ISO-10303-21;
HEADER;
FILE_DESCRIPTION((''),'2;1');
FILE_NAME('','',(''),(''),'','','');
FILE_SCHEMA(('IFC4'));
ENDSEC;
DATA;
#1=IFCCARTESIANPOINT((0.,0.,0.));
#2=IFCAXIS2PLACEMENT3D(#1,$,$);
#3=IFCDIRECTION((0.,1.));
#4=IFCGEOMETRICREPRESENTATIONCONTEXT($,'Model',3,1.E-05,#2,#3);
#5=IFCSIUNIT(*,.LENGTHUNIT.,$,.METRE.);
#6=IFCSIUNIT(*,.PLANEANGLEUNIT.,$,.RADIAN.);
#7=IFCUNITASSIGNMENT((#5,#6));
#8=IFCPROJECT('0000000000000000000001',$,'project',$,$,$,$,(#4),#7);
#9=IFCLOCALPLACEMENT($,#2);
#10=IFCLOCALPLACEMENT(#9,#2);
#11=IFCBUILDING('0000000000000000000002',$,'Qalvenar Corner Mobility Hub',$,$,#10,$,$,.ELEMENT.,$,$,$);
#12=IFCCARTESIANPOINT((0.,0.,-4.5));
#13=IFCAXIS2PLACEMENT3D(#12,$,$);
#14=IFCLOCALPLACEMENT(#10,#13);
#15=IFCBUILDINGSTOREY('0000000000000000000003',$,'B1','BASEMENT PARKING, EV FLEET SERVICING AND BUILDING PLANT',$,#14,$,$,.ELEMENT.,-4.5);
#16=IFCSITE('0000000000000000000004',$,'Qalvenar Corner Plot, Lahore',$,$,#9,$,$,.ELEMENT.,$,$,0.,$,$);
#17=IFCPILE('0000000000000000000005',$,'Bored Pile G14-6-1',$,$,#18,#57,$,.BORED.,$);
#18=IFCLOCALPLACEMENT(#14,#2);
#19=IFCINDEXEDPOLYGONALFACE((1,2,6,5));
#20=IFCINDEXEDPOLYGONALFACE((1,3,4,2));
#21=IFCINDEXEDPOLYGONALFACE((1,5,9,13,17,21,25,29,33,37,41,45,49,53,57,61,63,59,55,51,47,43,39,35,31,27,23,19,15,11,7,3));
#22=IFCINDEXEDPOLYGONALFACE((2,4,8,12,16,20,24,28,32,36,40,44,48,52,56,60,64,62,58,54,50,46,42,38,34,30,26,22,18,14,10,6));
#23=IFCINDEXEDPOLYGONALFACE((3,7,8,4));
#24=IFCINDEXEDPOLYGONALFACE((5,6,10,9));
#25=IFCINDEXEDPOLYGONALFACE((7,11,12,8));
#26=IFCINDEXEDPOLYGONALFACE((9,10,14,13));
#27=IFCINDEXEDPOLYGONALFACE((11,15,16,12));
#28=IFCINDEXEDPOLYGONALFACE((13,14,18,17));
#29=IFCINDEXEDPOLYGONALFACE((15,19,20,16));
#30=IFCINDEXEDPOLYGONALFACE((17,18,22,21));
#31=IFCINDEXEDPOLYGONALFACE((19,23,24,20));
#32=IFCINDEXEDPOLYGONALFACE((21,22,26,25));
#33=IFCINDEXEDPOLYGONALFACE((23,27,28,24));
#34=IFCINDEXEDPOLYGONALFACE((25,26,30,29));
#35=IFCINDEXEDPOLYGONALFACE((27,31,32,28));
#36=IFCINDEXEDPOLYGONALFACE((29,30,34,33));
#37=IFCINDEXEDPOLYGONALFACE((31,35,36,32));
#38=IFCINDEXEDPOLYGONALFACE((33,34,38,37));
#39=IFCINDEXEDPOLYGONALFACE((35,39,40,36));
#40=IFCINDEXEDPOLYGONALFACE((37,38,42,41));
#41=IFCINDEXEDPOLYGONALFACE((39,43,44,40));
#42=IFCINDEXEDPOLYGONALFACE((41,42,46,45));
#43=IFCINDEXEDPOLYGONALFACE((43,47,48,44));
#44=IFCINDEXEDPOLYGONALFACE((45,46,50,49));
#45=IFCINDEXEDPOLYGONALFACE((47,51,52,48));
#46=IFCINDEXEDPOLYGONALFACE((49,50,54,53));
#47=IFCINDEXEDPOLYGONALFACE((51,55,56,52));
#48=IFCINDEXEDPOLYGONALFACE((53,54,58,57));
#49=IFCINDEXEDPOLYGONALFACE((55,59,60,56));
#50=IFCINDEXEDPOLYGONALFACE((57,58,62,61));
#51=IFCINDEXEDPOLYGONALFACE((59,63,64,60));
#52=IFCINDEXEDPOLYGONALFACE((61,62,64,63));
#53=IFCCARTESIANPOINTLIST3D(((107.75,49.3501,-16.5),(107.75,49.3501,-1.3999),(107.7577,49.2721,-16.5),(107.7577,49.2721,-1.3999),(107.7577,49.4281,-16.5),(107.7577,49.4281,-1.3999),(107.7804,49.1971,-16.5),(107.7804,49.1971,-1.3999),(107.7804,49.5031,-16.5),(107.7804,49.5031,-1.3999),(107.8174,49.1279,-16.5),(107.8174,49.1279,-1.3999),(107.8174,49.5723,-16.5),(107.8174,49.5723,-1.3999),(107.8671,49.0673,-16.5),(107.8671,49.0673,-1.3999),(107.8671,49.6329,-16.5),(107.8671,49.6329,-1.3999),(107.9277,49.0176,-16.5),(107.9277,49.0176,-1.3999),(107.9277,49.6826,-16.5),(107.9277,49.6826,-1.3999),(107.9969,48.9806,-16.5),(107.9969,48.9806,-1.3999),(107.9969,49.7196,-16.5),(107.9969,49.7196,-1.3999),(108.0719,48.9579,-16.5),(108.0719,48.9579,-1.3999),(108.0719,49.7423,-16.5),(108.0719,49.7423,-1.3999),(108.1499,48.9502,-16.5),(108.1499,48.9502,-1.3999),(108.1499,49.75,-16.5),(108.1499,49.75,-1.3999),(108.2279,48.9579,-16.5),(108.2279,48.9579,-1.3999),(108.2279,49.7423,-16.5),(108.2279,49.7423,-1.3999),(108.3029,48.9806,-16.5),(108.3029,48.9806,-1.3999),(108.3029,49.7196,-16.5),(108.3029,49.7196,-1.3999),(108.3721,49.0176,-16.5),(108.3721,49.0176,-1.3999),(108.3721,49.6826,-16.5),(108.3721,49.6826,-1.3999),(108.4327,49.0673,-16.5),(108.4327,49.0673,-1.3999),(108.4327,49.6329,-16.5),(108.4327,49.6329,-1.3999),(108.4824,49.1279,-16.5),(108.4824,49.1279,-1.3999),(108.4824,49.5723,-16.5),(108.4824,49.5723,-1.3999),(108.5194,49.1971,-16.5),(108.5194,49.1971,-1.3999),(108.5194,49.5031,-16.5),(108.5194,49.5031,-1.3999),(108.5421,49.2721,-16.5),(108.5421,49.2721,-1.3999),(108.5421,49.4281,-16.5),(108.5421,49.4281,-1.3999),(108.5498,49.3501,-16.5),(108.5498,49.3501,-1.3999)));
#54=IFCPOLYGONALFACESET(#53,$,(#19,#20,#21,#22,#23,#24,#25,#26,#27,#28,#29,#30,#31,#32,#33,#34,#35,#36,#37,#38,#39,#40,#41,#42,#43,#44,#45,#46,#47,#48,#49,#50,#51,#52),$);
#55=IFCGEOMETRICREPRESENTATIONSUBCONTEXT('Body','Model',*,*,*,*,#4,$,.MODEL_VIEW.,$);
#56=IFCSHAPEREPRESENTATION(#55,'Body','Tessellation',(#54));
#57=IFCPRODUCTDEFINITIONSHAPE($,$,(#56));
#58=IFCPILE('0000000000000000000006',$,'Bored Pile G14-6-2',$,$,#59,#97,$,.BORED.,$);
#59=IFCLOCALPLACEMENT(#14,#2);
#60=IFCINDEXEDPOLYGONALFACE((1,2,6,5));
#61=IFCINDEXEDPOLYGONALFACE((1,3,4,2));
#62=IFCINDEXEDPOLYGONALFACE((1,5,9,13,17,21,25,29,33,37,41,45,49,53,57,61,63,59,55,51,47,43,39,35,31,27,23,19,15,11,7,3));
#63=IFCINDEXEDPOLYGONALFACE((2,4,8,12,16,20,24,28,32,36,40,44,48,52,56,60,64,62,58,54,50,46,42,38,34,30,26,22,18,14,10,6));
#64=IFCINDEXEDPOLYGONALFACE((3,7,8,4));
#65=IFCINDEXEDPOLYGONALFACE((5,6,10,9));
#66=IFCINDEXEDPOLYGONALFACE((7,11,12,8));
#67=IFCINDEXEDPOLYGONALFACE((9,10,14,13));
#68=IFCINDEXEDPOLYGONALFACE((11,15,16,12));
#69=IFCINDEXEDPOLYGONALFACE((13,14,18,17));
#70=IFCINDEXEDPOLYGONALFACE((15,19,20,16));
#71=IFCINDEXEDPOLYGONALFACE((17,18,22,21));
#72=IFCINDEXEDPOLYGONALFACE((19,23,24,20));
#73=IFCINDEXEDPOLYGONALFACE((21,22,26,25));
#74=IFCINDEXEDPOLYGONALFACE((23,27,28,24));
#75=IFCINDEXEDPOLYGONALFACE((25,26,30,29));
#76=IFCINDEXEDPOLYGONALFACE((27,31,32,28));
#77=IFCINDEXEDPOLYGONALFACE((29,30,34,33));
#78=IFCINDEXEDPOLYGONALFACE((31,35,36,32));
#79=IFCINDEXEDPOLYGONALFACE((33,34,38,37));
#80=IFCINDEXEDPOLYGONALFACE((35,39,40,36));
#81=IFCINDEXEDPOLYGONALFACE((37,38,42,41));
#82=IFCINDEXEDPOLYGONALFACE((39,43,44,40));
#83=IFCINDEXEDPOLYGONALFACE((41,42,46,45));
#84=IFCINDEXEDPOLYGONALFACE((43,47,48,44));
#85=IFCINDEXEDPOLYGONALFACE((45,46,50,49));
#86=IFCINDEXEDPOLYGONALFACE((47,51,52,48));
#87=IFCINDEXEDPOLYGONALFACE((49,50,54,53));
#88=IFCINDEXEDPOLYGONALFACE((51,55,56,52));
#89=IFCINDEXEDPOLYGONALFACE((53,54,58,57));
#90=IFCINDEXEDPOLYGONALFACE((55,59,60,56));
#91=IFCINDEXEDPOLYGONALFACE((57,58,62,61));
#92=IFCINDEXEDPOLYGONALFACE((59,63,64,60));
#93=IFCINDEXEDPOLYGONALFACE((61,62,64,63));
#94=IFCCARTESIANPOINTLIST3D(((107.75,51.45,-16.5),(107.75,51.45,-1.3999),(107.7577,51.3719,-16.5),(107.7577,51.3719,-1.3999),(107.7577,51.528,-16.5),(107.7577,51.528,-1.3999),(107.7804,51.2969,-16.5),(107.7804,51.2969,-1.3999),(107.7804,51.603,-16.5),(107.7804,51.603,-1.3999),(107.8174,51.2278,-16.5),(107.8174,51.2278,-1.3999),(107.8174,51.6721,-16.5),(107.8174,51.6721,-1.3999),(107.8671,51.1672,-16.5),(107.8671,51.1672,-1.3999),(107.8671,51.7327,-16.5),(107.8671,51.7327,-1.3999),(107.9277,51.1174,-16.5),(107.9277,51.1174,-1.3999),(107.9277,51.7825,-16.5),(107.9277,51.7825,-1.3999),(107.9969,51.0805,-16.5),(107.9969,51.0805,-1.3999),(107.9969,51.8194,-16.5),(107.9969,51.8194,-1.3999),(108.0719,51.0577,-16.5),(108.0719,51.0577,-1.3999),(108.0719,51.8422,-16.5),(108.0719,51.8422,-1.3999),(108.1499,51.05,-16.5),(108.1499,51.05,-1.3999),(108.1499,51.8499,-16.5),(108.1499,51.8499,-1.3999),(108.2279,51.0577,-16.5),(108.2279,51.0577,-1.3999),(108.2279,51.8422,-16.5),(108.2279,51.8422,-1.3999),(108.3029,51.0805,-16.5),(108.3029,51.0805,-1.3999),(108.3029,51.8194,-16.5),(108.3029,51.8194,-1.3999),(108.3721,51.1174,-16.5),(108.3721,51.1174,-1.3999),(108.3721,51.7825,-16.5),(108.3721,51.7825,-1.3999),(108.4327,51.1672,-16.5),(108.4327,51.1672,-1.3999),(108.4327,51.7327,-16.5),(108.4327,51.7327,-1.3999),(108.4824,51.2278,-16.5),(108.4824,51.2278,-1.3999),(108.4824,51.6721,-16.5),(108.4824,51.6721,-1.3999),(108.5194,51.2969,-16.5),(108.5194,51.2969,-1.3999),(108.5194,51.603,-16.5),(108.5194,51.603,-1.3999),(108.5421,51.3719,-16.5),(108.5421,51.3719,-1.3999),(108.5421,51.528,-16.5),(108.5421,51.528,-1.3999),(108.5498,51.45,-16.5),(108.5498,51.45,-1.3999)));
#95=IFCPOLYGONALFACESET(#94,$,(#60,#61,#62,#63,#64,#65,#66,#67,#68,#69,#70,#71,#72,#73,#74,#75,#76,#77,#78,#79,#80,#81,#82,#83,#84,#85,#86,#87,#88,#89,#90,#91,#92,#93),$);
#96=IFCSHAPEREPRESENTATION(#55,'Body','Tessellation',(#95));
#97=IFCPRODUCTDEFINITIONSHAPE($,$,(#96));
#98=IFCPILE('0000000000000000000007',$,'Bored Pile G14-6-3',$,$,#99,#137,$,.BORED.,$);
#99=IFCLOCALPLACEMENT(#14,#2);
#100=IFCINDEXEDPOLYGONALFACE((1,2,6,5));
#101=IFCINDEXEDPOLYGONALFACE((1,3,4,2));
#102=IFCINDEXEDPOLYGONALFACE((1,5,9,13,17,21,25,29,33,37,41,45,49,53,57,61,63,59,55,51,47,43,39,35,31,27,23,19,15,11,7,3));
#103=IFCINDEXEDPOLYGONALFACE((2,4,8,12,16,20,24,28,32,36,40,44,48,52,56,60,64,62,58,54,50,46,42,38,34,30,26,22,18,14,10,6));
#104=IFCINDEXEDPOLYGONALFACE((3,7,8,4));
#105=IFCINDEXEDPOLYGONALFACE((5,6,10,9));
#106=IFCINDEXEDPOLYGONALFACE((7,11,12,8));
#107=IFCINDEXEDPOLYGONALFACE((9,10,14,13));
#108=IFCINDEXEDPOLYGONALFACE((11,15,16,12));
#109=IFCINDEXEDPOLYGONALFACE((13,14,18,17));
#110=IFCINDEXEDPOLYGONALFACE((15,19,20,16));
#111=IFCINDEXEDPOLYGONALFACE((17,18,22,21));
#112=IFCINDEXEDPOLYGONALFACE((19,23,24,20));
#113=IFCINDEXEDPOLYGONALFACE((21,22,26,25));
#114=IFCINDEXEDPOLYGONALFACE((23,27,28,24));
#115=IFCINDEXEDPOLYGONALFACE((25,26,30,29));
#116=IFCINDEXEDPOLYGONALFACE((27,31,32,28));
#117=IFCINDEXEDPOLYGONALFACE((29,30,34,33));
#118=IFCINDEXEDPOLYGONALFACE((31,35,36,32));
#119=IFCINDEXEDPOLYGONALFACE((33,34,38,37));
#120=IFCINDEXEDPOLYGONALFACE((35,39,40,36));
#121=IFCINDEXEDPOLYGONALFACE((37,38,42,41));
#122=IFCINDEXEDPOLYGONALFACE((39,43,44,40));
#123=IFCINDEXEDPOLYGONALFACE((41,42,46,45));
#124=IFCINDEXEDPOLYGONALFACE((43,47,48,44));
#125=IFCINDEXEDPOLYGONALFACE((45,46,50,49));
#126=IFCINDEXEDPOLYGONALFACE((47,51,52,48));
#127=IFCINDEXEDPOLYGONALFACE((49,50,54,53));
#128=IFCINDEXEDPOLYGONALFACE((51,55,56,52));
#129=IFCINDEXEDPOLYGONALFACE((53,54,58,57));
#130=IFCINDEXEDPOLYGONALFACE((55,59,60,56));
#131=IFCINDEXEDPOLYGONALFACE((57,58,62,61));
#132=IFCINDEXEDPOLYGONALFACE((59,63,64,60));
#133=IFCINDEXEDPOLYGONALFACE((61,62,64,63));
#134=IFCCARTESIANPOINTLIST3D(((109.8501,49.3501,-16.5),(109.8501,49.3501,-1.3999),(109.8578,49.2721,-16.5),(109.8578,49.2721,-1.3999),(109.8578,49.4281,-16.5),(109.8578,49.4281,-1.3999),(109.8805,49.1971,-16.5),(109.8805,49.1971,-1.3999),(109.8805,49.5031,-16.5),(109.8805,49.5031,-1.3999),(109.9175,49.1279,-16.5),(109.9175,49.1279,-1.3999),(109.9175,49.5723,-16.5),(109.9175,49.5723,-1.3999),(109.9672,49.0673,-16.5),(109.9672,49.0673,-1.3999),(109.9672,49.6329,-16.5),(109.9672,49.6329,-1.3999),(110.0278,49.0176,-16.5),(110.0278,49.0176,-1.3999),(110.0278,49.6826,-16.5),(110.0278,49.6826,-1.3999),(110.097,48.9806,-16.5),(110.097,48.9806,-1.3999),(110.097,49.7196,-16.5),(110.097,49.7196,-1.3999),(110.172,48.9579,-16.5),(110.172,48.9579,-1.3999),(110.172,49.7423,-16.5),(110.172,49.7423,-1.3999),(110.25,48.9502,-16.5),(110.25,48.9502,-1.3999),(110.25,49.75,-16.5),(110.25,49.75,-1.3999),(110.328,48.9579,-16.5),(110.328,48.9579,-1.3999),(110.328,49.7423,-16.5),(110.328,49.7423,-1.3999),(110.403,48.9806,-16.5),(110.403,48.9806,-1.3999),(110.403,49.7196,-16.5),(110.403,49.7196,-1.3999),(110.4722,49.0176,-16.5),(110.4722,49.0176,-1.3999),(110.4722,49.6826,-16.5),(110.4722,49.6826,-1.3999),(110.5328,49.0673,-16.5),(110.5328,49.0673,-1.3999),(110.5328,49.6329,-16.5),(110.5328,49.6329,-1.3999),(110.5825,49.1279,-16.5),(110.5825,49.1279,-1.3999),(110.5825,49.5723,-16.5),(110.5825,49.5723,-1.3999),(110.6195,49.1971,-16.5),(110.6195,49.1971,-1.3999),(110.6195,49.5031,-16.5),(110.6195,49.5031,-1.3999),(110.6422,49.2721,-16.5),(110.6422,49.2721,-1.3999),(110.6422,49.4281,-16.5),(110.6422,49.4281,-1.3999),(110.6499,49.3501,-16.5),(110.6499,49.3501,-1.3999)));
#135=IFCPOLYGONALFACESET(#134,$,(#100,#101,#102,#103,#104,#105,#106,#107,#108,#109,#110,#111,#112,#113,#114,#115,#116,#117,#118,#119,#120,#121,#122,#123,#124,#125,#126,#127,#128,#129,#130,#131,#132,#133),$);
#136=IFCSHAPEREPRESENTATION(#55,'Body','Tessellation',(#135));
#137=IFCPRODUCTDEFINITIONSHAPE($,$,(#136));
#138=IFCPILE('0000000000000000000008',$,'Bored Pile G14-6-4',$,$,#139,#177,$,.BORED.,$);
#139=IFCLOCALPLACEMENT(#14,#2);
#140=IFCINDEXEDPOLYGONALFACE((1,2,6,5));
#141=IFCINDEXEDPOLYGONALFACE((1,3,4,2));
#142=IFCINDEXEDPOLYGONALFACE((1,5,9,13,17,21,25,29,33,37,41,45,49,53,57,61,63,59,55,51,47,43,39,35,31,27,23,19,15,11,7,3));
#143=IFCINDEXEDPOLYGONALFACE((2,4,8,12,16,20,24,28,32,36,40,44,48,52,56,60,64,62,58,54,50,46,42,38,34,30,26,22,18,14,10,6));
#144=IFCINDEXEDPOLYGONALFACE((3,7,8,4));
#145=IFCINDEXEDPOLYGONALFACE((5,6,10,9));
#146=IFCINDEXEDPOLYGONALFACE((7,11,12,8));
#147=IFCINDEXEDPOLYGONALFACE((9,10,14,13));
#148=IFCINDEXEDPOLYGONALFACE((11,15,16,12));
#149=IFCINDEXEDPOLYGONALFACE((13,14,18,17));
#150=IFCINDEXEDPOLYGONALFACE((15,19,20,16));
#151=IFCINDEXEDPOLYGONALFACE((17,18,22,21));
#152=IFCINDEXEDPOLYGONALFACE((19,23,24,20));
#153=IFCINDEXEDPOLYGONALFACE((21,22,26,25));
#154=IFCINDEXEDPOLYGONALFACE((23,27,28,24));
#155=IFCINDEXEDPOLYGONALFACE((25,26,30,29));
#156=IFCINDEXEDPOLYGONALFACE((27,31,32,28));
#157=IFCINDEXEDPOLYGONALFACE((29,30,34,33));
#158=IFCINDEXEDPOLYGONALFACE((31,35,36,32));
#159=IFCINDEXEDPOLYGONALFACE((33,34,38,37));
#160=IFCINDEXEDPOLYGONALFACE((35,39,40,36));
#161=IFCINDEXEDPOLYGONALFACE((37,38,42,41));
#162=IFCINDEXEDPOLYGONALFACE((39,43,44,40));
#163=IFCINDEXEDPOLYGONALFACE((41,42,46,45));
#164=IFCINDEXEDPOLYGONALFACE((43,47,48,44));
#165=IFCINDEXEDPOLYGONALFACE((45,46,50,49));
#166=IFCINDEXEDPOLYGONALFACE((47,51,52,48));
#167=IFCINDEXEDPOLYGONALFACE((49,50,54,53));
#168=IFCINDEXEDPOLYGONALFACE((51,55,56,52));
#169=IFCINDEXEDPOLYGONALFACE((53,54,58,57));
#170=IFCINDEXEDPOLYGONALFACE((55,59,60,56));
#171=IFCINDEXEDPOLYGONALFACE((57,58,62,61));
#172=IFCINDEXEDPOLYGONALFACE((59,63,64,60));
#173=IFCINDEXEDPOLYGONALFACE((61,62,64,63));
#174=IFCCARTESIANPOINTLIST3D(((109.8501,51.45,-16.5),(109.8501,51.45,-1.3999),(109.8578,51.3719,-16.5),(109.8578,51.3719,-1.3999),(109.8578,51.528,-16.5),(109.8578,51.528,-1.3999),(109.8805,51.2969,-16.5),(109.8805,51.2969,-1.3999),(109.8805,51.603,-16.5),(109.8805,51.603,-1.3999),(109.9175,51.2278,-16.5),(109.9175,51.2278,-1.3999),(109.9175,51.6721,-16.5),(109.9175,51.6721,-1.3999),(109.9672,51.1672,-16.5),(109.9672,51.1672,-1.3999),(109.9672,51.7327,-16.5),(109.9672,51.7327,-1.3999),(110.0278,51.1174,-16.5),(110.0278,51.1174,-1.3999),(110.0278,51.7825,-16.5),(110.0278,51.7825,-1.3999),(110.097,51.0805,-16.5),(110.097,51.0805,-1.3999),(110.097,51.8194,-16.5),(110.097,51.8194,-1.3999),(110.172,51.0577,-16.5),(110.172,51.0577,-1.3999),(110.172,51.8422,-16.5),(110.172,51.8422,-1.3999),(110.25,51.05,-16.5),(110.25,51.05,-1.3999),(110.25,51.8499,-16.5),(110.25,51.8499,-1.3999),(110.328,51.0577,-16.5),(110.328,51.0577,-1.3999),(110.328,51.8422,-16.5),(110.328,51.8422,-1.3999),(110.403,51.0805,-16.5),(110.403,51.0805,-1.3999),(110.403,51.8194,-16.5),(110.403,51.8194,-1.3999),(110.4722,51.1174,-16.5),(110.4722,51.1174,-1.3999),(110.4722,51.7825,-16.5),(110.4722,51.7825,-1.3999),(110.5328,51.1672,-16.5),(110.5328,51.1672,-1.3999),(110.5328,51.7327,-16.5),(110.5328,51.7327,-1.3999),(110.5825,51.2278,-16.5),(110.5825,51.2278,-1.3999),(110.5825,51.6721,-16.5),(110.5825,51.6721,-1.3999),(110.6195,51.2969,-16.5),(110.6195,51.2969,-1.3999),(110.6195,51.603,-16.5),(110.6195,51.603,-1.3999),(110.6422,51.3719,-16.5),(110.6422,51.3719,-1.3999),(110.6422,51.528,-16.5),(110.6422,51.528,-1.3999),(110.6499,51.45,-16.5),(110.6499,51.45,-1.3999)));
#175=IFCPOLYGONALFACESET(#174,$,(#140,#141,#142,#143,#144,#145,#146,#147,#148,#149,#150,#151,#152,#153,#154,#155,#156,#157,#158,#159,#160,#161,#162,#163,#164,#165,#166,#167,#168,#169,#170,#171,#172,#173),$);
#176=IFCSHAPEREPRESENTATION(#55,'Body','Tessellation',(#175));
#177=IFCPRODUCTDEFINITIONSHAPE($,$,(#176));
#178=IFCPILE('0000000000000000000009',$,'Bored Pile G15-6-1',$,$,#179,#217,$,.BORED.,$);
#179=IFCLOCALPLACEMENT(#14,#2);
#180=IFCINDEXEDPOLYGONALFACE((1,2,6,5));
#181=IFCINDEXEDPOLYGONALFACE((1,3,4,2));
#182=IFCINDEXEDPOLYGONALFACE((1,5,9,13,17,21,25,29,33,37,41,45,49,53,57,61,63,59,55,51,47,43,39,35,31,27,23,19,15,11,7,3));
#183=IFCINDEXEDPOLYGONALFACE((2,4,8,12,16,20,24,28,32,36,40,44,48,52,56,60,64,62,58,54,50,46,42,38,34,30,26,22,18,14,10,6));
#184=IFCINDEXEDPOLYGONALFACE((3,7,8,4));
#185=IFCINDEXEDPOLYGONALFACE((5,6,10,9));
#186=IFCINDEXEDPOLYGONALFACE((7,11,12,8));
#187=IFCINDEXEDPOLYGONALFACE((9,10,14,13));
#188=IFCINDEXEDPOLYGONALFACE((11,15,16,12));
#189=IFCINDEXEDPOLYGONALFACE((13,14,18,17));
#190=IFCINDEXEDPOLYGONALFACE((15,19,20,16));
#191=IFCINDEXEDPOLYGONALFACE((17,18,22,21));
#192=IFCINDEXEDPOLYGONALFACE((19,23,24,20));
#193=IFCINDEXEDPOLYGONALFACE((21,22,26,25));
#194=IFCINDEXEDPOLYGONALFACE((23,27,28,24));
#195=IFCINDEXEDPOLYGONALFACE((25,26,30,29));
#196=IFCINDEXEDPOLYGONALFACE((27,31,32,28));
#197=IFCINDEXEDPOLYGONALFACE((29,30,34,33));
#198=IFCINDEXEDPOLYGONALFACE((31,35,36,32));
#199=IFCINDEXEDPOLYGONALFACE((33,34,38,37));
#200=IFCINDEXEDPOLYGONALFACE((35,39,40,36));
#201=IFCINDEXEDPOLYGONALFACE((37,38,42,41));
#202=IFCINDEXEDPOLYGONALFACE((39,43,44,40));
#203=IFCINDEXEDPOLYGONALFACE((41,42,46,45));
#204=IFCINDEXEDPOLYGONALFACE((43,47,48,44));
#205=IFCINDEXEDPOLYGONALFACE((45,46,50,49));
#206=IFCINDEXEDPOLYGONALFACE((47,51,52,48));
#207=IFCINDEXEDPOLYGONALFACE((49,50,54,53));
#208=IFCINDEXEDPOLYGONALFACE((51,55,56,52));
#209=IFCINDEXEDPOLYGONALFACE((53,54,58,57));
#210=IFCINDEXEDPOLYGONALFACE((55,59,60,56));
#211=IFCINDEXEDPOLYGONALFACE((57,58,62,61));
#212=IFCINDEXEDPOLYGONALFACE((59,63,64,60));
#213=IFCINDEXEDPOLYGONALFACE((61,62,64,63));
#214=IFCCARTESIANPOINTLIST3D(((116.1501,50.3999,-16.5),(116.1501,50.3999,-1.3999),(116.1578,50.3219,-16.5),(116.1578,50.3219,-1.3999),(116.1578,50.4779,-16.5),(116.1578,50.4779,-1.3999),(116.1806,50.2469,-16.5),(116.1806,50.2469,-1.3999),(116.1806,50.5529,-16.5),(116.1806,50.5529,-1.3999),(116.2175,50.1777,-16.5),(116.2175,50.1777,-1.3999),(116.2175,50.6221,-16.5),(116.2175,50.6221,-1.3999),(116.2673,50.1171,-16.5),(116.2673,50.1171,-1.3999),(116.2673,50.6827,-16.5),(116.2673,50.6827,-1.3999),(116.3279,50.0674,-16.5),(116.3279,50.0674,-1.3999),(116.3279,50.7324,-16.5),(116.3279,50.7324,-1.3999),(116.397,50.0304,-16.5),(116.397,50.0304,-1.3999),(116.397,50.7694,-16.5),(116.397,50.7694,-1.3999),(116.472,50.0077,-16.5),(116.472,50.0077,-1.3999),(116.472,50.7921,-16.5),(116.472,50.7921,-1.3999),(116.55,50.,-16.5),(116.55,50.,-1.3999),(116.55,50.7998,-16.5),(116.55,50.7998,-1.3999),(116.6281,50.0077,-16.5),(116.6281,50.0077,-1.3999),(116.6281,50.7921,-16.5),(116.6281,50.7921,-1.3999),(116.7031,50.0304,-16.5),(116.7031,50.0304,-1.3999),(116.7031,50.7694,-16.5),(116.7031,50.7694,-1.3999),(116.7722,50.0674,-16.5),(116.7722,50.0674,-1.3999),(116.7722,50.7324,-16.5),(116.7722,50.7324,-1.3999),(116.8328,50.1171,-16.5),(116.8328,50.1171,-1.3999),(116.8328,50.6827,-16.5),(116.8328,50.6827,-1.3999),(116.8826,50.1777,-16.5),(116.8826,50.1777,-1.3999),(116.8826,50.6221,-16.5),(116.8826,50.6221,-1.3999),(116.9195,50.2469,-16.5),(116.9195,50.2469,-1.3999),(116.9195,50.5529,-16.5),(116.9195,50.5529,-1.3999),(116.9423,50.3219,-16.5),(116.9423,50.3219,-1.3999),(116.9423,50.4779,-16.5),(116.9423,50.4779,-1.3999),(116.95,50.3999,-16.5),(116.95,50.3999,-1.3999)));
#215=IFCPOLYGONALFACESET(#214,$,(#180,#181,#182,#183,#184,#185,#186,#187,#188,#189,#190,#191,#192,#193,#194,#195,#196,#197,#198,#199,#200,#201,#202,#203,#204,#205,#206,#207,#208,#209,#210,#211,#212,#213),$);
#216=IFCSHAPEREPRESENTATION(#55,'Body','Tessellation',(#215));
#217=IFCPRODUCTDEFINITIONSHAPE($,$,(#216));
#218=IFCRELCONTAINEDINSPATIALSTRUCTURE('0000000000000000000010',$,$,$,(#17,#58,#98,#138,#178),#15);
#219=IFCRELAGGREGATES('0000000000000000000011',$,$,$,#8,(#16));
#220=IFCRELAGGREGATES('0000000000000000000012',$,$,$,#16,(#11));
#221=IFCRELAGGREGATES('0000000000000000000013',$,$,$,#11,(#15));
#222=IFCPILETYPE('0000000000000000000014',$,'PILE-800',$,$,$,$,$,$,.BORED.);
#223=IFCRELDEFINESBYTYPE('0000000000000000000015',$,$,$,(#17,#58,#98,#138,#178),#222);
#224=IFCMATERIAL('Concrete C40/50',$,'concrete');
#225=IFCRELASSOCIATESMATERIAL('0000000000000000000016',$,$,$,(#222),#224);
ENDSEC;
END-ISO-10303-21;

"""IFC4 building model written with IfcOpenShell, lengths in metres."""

from ifc_helpers import new_model, si_unit, direction, frame, origin, origin_2d, place, context, subcontext, project, spatial, circle, extrude, material, material_profile, profile_set, type_object, element, save


model = new_model("IFC4")

# Units and contexts
model_context = context("Model", 3, precision=1e-05, world=origin(), true_north=direction((0.0, 1.0)))
body_context = subcontext(model_context, "Body", "Model", "MODEL_VIEW")
ifc_project = project(units=[si_unit("LENGTHUNIT", "METRE"), si_unit("PLANEANGLEUNIT", "RADIAN")], contexts=[model_context])

# Site, building, storey
site_placement = place(None, origin())
site = spatial("IfcSite", under=ifc_project, at=site_placement, Name="Qalvenar Corner Plot, Lahore", CompositionType="ELEMENT", RefElevation=0.0)
building_placement = place(site_placement, origin())
building = spatial("IfcBuilding", under=site, at=building_placement, Name="Qalvenar Corner Mobility Hub", CompositionType="ELEMENT")
storey_placement = place(building_placement, frame((0.0, 0.0, -4.5)))
storey = spatial("IfcBuildingStorey", under=building, at=storey_placement, Name="B1", Description="BASEMENT PARKING, EV FLEET SERVICING AND BUILDING PLANT", CompositionType="ELEMENT", Elevation=-4.5)

# Shared definitions
ifc_material_1 = material(Name="Concrete C40/50", Category="concrete")

# Piles
ifc_material_profile_1 = material_profile(ifc_material_1, circle(Radius=0.3999, at=origin_2d()), Name="DIA800")
ifc_profile_set_1 = profile_set([ifc_material_profile_1], Name="Concrete C40/50")
pile_type_1 = type_object("IfcPileType", Name="PILE-800", PredefinedType="BORED", material=ifc_profile_set_1)
for number, where, z_axis, x_axis, name in (
    (1, (108.1499, 49.3501, -1.3999), (0.0, 0.0, -1.0), (1.0, 0.0, 0.0), "Bored Pile G14-6-1"),
    (2, (108.1499, 51.45, -1.3999), (0.0, 0.0, -1.0), (1.0, 0.0, 0.0), "Bored Pile G14-6-2"),
    (3, (110.25, 49.3501, -1.3999), (0.0, 0.0, -1.0), (1.0, 0.0, 0.0), "Bored Pile G14-6-3"),
    (4, (110.25, 51.45, -1.3999), (0.0, 0.0, -1.0), (1.0, 0.0, 0.0), "Bored Pile G14-6-4"),
    (5, (116.55, 50.3999, -1.3999), (0.0, 0.0, -1.0), (1.0, 0.0, 0.0), "Bored Pile G15-6-1"),
):
    element("IfcPile", number, at=place(storey_placement, frame(where, z_axis=z_axis, x_axis=x_axis)), inside=storey, type_object=pile_type_1, Name=name, PredefinedType="BORED", context=body_context, shape_type="SweptSolid", body=[
        extrude(circle(Radius=0.3999, at=origin_2d()), origin(), (0.0, 0.0, 1.0), 15.1001),
    ])

save(model, "model.ifc")
